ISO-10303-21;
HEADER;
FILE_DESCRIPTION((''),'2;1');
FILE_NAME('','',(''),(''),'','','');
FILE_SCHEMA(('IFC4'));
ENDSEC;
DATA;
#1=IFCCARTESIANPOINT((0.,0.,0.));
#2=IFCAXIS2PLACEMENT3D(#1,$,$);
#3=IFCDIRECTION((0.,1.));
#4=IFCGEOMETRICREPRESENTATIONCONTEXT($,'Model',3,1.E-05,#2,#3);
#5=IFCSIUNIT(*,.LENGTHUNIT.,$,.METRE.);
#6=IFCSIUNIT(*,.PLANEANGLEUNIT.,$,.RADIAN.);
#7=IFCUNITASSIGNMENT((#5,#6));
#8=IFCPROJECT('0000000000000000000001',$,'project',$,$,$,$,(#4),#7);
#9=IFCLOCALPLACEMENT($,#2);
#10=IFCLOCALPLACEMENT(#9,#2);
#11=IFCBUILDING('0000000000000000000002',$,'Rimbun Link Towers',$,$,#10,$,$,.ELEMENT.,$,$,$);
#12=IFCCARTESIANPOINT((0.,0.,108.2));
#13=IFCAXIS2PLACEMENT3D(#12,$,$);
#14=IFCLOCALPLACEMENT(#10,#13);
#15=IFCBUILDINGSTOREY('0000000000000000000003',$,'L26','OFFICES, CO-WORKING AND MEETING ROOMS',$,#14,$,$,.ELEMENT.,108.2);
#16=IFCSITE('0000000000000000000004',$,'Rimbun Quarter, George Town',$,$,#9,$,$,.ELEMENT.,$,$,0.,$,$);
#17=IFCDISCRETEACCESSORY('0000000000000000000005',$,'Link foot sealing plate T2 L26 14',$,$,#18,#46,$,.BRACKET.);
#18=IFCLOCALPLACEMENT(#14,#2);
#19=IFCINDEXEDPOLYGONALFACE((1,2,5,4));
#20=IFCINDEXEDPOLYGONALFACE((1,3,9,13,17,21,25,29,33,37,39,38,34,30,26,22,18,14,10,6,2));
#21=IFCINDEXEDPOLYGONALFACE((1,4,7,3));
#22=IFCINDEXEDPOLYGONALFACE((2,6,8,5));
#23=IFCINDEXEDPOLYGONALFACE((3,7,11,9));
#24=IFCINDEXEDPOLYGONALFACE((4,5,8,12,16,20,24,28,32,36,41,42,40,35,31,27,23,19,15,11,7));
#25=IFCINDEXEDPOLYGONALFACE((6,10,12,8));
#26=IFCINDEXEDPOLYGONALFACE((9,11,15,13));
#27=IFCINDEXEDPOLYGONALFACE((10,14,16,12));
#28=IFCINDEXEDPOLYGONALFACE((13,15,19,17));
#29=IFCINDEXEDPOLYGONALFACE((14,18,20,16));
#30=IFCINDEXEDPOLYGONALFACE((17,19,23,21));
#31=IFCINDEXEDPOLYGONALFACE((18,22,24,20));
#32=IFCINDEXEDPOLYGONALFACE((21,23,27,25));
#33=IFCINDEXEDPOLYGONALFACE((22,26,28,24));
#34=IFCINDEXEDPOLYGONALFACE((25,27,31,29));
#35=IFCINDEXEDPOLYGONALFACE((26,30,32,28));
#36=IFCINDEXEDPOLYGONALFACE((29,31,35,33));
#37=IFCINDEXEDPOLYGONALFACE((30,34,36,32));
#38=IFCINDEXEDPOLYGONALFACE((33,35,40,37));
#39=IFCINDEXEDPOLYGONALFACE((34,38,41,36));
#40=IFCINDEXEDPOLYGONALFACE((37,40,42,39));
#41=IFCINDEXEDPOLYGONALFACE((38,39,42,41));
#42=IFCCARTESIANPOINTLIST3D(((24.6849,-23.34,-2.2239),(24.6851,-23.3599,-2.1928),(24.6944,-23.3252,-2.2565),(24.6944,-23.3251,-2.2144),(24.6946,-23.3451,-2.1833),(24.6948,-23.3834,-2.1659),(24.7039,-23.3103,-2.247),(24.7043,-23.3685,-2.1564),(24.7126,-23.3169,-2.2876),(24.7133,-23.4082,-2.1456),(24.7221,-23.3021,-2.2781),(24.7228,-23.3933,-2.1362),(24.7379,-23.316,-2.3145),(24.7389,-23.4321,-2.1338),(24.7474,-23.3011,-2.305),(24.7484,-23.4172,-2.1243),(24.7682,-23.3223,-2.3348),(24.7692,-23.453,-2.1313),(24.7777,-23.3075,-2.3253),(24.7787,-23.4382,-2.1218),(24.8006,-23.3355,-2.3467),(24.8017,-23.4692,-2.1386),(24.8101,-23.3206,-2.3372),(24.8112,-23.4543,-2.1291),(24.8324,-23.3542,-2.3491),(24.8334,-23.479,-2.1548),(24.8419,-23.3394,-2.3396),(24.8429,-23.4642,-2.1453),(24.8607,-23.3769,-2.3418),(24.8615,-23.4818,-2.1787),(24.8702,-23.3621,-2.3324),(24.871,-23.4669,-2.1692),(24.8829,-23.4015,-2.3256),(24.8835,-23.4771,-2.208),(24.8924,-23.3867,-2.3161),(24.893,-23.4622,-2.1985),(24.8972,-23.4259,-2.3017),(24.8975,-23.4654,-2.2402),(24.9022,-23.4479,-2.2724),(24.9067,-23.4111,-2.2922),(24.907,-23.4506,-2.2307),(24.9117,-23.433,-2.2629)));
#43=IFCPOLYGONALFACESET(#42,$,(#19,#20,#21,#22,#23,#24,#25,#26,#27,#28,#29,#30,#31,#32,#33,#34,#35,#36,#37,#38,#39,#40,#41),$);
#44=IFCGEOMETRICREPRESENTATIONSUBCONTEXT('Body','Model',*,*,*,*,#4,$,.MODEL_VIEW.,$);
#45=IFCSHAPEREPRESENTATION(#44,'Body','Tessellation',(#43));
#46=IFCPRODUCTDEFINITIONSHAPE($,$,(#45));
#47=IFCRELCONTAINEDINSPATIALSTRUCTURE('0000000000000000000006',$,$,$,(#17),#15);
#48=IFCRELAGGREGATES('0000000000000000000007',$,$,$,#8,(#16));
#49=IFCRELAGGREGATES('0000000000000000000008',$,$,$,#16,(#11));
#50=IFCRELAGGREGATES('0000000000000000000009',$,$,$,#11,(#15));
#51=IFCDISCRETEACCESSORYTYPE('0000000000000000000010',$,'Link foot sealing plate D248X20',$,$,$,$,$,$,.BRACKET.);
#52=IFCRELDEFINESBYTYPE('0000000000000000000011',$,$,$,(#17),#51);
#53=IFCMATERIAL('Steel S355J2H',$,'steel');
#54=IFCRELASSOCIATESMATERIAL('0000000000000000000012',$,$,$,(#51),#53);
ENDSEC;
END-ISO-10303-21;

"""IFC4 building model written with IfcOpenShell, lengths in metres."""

from ifc_helpers import new_model, si_unit, direction, frame, origin, origin_2d, place, context, subcontext, project, spatial, circle, extrude, material, material_profile, profile_set, type_object, element, save


model = new_model("IFC4")

# Units and contexts
model_context = context("Model", 3, precision=1e-05, world=origin(), true_north=direction((0.0, 1.0)))
body_context = subcontext(model_context, "Body", "Model", "MODEL_VIEW")
ifc_project = project(units=[si_unit("LENGTHUNIT", "METRE"), si_unit("PLANEANGLEUNIT", "RADIAN")], contexts=[model_context])

# Site, building, storey
site_placement = place(None, origin())
site = spatial("IfcSite", under=ifc_project, at=site_placement, Name="Rimbun Quarter, George Town", CompositionType="ELEMENT", RefElevation=0.0)
building_placement = place(site_placement, origin())
building = spatial("IfcBuilding", under=site, at=building_placement, Name="Rimbun Link Towers", CompositionType="ELEMENT")
storey_placement = place(building_placement, frame((0.0, 0.0, 108.2)))
storey = spatial("IfcBuildingStorey", under=building, at=storey_placement, Name="L26", Description="OFFICES, CO-WORKING AND MEETING ROOMS", CompositionType="ELEMENT", Elevation=108.2)

# Discrete accessory
ifc_material_1 = material(Name="Steel S355J2H", Category="steel")
ifc_material_profile_1 = material_profile(ifc_material_1, circle(Radius=0.124, at=origin_2d()), Name="PL D248")
ifc_profile_set_1 = profile_set([ifc_material_profile_1], Name="Steel S355J2H")
discrete_accessory_type = type_object("IfcDiscreteAccessoryType", Name="Link foot sealing plate D248X20", PredefinedType="BRACKET", material=ifc_profile_set_1)
discrete_accessory_placement = place(storey_placement, frame((24.8025, -23.3838, -2.2307), z_axis=(-0.474236, -0.741754, -0.474236), x_axis=(0.842522, -0.538662, 0.0)))
element("IfcDiscreteAccessory", 1, at=discrete_accessory_placement, inside=storey, type_object=discrete_accessory_type, Name="Link foot sealing plate T2 L26 14", PredefinedType="BRACKET", context=body_context, shape_type="SweptSolid", body=[
    extrude(circle(Radius=0.124, at=origin_2d()), origin(), (0.0, 0.0, 1.0), 0.02),
])

save(model, "model.ifc")
